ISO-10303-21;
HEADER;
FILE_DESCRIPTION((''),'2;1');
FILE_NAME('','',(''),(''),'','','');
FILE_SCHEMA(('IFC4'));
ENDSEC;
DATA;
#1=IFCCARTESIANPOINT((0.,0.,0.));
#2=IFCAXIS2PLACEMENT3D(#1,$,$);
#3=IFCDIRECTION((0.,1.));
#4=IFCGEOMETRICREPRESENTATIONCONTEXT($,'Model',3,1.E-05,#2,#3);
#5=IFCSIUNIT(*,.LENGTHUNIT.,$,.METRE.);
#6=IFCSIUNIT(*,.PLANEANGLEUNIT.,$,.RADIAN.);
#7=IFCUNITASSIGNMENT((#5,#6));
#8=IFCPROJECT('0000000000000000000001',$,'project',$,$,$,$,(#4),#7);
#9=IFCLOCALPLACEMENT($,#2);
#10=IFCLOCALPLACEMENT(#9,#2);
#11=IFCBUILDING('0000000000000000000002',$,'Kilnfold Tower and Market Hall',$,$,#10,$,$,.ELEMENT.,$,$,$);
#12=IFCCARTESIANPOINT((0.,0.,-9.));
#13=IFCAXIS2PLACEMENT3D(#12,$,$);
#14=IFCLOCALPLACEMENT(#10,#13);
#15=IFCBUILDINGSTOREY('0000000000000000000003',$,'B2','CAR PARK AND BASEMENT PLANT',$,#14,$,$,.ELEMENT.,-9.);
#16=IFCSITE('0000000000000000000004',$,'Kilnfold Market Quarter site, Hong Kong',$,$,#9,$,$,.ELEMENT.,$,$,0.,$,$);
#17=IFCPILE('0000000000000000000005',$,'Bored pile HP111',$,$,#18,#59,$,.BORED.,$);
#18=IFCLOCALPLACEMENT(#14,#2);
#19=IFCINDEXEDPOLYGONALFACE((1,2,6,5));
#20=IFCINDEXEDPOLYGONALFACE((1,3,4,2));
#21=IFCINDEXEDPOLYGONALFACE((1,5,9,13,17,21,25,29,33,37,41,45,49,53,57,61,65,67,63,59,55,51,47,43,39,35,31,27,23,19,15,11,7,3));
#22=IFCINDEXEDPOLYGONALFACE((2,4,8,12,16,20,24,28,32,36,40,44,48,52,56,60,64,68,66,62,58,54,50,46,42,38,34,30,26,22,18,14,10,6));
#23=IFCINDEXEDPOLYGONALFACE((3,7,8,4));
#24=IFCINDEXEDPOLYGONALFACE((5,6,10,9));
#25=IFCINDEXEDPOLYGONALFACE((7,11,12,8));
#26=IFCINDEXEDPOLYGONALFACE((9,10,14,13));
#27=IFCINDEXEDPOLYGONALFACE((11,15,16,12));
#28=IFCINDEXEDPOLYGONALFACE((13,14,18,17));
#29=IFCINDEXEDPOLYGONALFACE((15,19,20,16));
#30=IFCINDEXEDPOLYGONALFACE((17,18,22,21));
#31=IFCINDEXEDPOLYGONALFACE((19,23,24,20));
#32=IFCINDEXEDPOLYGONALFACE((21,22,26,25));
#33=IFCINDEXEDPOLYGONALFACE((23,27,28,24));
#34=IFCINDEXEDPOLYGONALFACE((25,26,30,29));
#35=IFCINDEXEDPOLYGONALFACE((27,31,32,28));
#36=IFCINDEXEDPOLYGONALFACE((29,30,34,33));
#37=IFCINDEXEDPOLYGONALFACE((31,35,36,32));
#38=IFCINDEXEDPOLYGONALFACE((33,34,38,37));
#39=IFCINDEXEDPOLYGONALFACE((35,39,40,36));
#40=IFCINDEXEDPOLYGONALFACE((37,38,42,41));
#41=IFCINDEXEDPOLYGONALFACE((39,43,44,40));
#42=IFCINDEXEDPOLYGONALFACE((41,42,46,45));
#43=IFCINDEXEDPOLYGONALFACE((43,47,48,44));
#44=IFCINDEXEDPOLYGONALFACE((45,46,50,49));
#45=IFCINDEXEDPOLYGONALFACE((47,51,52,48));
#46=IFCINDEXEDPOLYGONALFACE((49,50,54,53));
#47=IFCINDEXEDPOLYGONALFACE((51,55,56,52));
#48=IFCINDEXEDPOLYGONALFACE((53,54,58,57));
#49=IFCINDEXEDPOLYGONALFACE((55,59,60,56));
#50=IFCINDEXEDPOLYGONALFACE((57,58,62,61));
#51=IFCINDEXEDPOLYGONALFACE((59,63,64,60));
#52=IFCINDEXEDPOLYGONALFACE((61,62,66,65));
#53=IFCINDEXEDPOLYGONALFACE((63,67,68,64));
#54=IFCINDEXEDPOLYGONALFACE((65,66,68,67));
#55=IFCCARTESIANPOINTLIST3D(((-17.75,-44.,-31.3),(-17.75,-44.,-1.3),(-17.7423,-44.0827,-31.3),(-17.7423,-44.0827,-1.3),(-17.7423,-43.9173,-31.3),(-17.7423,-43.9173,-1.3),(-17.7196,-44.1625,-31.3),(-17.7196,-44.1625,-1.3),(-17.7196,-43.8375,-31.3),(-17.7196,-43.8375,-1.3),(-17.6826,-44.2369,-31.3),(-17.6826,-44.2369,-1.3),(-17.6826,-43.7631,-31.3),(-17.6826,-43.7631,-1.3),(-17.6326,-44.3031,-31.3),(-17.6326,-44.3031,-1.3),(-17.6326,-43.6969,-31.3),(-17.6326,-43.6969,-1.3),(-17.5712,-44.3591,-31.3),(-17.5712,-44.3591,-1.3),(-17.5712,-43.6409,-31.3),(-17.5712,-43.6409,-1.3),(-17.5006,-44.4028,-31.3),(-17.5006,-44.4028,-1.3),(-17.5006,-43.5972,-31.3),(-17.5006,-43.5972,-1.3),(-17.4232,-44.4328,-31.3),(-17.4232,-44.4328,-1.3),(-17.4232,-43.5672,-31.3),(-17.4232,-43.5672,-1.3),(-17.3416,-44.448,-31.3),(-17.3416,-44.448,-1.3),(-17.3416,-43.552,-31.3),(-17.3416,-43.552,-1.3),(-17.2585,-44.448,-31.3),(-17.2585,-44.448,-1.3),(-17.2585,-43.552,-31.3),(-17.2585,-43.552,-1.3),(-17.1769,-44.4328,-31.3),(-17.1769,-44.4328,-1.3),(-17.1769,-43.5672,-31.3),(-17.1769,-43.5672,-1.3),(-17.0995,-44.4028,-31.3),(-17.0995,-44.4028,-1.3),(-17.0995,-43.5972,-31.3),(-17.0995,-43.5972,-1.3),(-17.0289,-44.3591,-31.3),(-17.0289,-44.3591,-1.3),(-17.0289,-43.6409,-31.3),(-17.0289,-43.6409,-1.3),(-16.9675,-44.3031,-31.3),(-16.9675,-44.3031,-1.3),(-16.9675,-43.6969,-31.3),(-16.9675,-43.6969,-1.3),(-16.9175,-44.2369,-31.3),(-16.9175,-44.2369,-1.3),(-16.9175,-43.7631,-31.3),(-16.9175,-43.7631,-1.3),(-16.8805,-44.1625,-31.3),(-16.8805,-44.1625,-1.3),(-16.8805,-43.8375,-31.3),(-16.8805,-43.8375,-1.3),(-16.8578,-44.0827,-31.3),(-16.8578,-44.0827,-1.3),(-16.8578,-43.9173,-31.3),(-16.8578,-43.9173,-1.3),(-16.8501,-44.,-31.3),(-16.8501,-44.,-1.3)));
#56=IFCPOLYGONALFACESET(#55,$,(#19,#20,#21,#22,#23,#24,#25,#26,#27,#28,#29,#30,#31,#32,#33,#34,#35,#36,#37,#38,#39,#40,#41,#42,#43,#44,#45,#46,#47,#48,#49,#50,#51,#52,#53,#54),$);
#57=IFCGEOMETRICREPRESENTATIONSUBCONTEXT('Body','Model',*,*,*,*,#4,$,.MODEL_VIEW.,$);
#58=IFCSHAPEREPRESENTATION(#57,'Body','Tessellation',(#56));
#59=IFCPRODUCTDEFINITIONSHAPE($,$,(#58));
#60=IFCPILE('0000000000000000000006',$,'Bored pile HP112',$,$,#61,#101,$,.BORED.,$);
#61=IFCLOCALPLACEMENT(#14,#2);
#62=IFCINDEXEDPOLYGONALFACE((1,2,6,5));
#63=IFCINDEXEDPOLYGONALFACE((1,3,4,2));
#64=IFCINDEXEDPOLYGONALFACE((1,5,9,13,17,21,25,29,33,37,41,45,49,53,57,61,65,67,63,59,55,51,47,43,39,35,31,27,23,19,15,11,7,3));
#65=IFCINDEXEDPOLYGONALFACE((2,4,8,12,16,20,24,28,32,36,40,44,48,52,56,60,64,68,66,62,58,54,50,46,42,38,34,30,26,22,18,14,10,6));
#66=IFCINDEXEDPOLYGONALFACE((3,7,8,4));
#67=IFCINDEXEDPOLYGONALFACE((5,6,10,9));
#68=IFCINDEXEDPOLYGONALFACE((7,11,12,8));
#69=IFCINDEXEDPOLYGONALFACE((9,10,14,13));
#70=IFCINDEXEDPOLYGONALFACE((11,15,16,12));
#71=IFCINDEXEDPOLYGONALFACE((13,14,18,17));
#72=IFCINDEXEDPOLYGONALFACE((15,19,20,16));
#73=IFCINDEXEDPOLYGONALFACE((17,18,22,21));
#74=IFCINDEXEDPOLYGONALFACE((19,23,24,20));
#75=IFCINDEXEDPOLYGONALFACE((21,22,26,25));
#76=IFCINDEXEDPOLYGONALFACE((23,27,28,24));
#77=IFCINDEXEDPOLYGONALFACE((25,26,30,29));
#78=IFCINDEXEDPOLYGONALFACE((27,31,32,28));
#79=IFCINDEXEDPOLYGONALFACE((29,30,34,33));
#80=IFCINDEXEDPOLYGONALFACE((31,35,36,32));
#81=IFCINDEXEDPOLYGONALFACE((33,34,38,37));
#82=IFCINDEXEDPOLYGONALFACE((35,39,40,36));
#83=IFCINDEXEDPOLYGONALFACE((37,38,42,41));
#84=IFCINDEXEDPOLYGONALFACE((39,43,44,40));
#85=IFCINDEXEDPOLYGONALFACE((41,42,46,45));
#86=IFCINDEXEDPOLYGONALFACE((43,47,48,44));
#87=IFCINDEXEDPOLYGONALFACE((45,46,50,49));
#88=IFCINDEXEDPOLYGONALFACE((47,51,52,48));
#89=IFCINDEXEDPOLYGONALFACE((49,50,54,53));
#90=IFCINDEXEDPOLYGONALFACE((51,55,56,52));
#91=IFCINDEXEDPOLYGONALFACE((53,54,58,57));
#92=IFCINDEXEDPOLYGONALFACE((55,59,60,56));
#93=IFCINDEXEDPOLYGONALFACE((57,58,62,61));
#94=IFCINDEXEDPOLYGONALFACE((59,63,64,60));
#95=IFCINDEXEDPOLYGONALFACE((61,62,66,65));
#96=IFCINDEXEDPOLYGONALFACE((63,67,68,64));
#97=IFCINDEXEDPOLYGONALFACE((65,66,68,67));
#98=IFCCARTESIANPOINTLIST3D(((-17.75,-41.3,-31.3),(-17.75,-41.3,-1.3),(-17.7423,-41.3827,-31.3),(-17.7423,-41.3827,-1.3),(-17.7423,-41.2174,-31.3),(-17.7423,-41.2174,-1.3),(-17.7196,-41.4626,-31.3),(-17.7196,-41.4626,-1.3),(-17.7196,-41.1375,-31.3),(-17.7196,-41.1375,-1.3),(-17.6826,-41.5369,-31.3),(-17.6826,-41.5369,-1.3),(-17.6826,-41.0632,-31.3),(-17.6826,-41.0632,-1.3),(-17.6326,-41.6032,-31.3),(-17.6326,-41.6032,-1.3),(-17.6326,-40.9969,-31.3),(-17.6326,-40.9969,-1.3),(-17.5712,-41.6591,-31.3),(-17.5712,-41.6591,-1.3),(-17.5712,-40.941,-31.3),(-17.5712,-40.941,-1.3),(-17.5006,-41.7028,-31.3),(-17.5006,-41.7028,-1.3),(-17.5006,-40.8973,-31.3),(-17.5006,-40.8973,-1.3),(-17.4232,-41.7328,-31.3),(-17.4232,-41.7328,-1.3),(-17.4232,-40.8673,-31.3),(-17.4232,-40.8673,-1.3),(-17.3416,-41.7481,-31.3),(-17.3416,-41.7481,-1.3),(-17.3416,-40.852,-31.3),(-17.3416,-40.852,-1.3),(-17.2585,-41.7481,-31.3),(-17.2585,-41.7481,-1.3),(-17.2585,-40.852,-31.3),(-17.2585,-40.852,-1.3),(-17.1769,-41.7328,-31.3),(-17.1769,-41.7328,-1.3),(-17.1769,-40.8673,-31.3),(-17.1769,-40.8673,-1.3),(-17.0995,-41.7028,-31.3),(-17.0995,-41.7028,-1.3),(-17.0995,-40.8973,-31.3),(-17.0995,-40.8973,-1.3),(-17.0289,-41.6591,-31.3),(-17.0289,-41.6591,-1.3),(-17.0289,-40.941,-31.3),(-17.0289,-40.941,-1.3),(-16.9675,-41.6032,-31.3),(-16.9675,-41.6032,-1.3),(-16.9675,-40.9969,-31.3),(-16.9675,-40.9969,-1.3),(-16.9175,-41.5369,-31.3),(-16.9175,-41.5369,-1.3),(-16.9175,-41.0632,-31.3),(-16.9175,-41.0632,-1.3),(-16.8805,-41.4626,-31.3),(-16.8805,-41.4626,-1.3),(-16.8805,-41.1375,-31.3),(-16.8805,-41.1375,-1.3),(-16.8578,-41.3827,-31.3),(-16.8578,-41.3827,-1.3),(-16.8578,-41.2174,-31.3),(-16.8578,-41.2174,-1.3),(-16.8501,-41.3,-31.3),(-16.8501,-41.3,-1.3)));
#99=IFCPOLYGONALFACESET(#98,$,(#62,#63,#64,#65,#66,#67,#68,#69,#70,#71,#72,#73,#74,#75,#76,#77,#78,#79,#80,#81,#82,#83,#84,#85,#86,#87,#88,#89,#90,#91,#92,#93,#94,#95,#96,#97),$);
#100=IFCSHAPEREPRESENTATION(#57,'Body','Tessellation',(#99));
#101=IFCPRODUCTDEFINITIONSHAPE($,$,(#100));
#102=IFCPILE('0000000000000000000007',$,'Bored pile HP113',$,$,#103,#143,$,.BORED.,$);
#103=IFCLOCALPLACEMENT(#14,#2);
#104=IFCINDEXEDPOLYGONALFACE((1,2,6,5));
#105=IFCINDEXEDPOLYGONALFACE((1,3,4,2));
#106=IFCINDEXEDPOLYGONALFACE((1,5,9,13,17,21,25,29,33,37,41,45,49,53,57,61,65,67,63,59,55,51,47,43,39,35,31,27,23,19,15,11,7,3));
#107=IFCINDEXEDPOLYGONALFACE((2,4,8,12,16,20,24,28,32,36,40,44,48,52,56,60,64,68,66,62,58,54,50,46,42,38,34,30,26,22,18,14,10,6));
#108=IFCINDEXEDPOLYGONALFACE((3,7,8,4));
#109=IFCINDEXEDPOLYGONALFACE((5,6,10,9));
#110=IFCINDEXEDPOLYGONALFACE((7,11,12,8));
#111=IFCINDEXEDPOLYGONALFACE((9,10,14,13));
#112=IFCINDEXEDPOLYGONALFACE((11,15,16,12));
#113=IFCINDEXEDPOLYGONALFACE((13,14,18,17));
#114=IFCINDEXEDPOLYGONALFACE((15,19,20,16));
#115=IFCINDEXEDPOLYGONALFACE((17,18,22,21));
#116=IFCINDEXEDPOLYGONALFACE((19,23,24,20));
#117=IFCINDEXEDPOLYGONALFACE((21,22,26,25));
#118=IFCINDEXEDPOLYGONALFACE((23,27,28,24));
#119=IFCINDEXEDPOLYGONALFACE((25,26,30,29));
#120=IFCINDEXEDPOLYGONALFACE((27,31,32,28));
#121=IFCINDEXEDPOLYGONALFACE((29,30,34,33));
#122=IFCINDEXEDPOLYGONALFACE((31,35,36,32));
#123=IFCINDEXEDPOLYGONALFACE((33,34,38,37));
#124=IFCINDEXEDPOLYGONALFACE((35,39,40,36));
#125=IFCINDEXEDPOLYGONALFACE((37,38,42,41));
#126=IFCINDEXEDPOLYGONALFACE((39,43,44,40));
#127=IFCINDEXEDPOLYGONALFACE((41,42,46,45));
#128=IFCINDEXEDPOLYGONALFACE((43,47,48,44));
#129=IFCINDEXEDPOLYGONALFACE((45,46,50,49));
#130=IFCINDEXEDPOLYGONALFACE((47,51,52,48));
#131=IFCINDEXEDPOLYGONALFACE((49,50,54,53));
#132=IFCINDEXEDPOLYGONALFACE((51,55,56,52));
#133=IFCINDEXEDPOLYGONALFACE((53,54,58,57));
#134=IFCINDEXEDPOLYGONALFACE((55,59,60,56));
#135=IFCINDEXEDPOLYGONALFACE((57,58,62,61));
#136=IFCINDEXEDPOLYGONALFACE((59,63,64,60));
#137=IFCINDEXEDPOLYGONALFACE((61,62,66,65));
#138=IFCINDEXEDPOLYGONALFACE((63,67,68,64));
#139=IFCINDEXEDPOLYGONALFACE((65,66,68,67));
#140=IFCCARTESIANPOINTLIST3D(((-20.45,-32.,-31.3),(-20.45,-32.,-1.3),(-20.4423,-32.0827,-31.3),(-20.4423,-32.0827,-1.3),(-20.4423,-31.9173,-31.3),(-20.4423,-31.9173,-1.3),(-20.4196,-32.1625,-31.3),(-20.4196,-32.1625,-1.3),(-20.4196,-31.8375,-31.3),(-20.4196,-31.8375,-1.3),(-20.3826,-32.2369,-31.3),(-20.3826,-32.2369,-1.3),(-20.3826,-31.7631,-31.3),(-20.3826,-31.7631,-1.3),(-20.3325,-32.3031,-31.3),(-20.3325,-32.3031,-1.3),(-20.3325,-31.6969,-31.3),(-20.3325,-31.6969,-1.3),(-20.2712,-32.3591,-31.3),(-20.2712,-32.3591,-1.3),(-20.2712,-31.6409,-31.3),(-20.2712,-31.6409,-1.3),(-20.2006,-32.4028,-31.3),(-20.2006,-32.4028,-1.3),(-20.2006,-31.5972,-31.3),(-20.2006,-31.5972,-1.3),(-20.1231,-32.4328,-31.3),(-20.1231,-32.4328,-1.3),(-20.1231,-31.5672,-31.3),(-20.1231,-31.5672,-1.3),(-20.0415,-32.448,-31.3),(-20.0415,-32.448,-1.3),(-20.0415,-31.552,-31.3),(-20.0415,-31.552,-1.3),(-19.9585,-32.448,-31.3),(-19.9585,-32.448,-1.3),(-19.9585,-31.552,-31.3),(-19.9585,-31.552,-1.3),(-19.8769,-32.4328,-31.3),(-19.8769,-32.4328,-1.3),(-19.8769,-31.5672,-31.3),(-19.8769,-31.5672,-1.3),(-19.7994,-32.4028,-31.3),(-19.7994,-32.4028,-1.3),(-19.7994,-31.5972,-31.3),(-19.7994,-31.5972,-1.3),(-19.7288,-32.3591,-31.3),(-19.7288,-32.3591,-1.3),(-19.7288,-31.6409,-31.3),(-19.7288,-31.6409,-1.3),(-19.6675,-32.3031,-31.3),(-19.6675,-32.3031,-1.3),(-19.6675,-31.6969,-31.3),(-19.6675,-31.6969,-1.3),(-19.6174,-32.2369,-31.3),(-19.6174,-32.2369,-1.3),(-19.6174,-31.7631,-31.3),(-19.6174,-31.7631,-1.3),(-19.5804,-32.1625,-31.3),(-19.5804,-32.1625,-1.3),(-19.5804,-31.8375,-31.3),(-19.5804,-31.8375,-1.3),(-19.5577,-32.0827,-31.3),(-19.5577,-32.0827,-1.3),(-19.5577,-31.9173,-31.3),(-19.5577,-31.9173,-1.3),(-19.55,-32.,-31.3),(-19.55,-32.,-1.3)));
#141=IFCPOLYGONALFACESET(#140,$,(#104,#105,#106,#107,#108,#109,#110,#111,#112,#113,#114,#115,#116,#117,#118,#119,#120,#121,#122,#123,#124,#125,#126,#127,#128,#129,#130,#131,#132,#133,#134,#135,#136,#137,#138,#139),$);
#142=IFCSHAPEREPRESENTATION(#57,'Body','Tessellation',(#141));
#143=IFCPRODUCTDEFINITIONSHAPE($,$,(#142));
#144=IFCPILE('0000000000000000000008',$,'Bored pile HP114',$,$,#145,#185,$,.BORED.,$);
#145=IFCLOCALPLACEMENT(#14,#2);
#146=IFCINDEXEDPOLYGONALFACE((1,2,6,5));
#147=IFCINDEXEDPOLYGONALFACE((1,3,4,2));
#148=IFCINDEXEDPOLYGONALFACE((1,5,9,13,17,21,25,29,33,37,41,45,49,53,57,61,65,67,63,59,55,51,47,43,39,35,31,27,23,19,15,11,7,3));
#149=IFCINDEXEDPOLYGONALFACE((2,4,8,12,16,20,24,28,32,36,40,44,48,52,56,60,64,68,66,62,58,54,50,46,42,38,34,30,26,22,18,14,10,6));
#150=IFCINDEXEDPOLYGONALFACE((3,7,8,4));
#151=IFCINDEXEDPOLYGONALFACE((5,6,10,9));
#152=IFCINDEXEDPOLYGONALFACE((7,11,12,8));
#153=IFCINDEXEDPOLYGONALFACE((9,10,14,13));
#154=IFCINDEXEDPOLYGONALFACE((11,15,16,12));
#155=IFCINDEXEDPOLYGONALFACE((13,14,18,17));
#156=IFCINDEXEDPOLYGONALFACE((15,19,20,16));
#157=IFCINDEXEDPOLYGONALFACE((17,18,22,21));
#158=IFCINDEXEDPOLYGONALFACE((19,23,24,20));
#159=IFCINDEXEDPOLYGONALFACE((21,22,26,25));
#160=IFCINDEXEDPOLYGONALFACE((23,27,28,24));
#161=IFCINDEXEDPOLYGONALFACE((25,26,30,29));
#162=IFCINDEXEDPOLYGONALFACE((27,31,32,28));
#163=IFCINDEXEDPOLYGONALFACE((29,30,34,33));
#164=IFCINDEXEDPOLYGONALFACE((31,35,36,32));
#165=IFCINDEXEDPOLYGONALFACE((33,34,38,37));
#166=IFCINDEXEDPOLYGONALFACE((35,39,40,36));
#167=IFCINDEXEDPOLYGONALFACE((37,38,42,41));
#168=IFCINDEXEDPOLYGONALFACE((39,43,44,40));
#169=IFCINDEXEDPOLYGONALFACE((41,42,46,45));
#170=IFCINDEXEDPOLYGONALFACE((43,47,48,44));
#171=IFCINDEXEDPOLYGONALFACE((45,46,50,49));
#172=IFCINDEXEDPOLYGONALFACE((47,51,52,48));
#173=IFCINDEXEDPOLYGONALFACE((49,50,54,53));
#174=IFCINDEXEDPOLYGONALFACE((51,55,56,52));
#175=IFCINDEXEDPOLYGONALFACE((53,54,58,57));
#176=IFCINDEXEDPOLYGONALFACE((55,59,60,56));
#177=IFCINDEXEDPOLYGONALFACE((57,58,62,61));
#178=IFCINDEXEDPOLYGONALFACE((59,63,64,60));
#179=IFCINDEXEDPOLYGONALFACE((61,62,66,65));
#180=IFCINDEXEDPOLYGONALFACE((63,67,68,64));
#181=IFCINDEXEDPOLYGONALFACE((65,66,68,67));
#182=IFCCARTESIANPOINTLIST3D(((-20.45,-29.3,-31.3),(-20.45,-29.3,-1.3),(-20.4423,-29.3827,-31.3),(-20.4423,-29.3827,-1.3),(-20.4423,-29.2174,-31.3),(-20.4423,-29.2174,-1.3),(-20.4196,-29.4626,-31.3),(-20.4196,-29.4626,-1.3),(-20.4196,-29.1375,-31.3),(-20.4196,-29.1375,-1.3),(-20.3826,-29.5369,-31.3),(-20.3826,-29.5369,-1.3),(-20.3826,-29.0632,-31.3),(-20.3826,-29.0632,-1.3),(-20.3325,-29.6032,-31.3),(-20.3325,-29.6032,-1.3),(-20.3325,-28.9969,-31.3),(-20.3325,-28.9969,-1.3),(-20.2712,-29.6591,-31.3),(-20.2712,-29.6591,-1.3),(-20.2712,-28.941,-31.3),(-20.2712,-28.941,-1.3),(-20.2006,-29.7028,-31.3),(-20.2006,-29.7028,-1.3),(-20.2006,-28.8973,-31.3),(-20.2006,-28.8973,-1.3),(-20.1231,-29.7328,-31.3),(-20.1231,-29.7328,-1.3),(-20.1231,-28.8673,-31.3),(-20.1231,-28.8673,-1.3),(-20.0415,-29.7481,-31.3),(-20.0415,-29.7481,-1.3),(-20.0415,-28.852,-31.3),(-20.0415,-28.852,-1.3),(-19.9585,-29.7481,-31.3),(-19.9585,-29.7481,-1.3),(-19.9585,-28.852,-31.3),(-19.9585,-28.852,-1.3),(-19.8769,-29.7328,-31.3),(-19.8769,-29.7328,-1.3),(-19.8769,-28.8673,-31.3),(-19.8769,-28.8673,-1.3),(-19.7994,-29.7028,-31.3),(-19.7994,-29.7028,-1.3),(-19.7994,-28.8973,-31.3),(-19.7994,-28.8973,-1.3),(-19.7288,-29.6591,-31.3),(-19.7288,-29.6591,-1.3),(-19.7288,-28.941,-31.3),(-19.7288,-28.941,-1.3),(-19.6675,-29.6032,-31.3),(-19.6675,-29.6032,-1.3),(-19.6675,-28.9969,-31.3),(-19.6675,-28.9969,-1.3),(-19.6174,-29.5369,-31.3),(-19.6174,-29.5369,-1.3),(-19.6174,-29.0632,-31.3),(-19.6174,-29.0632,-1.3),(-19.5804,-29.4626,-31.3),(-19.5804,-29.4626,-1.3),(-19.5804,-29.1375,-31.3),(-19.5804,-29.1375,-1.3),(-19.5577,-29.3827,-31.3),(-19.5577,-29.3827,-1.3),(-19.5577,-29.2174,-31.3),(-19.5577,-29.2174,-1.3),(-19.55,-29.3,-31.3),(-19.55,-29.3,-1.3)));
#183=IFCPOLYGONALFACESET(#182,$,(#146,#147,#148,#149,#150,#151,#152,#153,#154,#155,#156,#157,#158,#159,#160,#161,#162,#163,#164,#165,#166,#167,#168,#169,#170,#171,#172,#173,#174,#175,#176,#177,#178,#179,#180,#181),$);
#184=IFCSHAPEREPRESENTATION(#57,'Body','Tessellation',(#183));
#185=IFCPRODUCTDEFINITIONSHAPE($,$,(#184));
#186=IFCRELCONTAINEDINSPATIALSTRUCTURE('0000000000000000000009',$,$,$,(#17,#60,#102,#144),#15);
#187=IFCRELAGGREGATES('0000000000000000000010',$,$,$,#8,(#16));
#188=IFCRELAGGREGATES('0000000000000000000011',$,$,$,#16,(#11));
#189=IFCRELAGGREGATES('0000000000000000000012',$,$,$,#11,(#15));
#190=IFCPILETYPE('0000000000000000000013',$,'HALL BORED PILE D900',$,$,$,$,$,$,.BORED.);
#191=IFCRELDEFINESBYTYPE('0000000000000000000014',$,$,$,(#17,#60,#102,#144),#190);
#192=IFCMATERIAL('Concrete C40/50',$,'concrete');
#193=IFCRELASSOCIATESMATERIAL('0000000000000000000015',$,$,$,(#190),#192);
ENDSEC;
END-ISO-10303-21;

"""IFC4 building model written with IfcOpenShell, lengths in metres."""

from ifc_helpers import new_model, si_unit, direction, frame, origin, origin_2d, place, context, subcontext, project, spatial, circle, extrude, source, transform, mapped, material, material_profile, profile_set, type_object, element, save


model = new_model("IFC4")

# Units and contexts
model_context = context("Model", 3, precision=1e-05, world=origin(), true_north=direction((0.0, 1.0)))
body_context = subcontext(model_context, "Body", "Model", "MODEL_VIEW")
ifc_project = project(units=[si_unit("LENGTHUNIT", "METRE"), si_unit("PLANEANGLEUNIT", "RADIAN")], contexts=[model_context])

# Site, building, storey
site_placement = place(None, origin())
site = spatial("IfcSite", under=ifc_project, at=site_placement, Name="Kilnfold Market Quarter site, Hong Kong", CompositionType="ELEMENT", RefElevation=0.0)
building_placement = place(site_placement, origin())
building = spatial("IfcBuilding", under=site, at=building_placement, Name="Kilnfold Tower and Market Hall", CompositionType="ELEMENT")
storey_placement = place(building_placement, frame((0.0, 0.0, -9.0)))
storey = spatial("IfcBuildingStorey", under=building, at=storey_placement, Name="B2", Description="CAR PARK AND BASEMENT PLANT", CompositionType="ELEMENT", Elevation=-9.0)

# Piles
ifc_material_1 = material(Name="Concrete C40/50", Category="concrete")
ifc_material_profile_1 = material_profile(ifc_material_1, circle(Radius=0.45, at=origin_2d()), Name="D900")
ifc_profile_set_1 = profile_set([ifc_material_profile_1], Name="Concrete C40/50")
pile_type_1 = type_object("IfcPileType", Name="HALL BORED PILE D900", PredefinedType="BORED", material=ifc_profile_set_1)
shared_shape_1 = source(origin(), body_context, "Body", "SweptSolid", [
    extrude(circle(Radius=0.45, at=origin_2d()), origin(), (0.0, 0.0, 1.0), 30.0),
])
for number, where, z_axis, x_axis, name in (
    (1, (-17.3, -44.0, -1.3), (0.0, 0.0, -1.0), (1.0, 0.0, 0.0), "Bored pile HP111"),
    (2, (-17.3, -41.3, -1.3), (0.0, 0.0, -1.0), (1.0, 0.0, 0.0), "Bored pile HP112"),
    (3, (-20.0, -32.0, -1.3), (0.0, 0.0, -1.0), (1.0, 0.0, 0.0), "Bored pile HP113"),
    (4, (-20.0, -29.3, -1.3), (0.0, 0.0, -1.0), (1.0, 0.0, 0.0), "Bored pile HP114"),
):
    element("IfcPile", number, at=place(storey_placement, frame(where, z_axis=z_axis, x_axis=x_axis)), inside=storey, type_object=pile_type_1, Name=name, PredefinedType="BORED", context=body_context, shape_type="MappedRepresentation", body=[
        mapped(shared_shape_1, transform((0.0, 0.0, 0.0))),
    ])

save(model, "model.ifc")
